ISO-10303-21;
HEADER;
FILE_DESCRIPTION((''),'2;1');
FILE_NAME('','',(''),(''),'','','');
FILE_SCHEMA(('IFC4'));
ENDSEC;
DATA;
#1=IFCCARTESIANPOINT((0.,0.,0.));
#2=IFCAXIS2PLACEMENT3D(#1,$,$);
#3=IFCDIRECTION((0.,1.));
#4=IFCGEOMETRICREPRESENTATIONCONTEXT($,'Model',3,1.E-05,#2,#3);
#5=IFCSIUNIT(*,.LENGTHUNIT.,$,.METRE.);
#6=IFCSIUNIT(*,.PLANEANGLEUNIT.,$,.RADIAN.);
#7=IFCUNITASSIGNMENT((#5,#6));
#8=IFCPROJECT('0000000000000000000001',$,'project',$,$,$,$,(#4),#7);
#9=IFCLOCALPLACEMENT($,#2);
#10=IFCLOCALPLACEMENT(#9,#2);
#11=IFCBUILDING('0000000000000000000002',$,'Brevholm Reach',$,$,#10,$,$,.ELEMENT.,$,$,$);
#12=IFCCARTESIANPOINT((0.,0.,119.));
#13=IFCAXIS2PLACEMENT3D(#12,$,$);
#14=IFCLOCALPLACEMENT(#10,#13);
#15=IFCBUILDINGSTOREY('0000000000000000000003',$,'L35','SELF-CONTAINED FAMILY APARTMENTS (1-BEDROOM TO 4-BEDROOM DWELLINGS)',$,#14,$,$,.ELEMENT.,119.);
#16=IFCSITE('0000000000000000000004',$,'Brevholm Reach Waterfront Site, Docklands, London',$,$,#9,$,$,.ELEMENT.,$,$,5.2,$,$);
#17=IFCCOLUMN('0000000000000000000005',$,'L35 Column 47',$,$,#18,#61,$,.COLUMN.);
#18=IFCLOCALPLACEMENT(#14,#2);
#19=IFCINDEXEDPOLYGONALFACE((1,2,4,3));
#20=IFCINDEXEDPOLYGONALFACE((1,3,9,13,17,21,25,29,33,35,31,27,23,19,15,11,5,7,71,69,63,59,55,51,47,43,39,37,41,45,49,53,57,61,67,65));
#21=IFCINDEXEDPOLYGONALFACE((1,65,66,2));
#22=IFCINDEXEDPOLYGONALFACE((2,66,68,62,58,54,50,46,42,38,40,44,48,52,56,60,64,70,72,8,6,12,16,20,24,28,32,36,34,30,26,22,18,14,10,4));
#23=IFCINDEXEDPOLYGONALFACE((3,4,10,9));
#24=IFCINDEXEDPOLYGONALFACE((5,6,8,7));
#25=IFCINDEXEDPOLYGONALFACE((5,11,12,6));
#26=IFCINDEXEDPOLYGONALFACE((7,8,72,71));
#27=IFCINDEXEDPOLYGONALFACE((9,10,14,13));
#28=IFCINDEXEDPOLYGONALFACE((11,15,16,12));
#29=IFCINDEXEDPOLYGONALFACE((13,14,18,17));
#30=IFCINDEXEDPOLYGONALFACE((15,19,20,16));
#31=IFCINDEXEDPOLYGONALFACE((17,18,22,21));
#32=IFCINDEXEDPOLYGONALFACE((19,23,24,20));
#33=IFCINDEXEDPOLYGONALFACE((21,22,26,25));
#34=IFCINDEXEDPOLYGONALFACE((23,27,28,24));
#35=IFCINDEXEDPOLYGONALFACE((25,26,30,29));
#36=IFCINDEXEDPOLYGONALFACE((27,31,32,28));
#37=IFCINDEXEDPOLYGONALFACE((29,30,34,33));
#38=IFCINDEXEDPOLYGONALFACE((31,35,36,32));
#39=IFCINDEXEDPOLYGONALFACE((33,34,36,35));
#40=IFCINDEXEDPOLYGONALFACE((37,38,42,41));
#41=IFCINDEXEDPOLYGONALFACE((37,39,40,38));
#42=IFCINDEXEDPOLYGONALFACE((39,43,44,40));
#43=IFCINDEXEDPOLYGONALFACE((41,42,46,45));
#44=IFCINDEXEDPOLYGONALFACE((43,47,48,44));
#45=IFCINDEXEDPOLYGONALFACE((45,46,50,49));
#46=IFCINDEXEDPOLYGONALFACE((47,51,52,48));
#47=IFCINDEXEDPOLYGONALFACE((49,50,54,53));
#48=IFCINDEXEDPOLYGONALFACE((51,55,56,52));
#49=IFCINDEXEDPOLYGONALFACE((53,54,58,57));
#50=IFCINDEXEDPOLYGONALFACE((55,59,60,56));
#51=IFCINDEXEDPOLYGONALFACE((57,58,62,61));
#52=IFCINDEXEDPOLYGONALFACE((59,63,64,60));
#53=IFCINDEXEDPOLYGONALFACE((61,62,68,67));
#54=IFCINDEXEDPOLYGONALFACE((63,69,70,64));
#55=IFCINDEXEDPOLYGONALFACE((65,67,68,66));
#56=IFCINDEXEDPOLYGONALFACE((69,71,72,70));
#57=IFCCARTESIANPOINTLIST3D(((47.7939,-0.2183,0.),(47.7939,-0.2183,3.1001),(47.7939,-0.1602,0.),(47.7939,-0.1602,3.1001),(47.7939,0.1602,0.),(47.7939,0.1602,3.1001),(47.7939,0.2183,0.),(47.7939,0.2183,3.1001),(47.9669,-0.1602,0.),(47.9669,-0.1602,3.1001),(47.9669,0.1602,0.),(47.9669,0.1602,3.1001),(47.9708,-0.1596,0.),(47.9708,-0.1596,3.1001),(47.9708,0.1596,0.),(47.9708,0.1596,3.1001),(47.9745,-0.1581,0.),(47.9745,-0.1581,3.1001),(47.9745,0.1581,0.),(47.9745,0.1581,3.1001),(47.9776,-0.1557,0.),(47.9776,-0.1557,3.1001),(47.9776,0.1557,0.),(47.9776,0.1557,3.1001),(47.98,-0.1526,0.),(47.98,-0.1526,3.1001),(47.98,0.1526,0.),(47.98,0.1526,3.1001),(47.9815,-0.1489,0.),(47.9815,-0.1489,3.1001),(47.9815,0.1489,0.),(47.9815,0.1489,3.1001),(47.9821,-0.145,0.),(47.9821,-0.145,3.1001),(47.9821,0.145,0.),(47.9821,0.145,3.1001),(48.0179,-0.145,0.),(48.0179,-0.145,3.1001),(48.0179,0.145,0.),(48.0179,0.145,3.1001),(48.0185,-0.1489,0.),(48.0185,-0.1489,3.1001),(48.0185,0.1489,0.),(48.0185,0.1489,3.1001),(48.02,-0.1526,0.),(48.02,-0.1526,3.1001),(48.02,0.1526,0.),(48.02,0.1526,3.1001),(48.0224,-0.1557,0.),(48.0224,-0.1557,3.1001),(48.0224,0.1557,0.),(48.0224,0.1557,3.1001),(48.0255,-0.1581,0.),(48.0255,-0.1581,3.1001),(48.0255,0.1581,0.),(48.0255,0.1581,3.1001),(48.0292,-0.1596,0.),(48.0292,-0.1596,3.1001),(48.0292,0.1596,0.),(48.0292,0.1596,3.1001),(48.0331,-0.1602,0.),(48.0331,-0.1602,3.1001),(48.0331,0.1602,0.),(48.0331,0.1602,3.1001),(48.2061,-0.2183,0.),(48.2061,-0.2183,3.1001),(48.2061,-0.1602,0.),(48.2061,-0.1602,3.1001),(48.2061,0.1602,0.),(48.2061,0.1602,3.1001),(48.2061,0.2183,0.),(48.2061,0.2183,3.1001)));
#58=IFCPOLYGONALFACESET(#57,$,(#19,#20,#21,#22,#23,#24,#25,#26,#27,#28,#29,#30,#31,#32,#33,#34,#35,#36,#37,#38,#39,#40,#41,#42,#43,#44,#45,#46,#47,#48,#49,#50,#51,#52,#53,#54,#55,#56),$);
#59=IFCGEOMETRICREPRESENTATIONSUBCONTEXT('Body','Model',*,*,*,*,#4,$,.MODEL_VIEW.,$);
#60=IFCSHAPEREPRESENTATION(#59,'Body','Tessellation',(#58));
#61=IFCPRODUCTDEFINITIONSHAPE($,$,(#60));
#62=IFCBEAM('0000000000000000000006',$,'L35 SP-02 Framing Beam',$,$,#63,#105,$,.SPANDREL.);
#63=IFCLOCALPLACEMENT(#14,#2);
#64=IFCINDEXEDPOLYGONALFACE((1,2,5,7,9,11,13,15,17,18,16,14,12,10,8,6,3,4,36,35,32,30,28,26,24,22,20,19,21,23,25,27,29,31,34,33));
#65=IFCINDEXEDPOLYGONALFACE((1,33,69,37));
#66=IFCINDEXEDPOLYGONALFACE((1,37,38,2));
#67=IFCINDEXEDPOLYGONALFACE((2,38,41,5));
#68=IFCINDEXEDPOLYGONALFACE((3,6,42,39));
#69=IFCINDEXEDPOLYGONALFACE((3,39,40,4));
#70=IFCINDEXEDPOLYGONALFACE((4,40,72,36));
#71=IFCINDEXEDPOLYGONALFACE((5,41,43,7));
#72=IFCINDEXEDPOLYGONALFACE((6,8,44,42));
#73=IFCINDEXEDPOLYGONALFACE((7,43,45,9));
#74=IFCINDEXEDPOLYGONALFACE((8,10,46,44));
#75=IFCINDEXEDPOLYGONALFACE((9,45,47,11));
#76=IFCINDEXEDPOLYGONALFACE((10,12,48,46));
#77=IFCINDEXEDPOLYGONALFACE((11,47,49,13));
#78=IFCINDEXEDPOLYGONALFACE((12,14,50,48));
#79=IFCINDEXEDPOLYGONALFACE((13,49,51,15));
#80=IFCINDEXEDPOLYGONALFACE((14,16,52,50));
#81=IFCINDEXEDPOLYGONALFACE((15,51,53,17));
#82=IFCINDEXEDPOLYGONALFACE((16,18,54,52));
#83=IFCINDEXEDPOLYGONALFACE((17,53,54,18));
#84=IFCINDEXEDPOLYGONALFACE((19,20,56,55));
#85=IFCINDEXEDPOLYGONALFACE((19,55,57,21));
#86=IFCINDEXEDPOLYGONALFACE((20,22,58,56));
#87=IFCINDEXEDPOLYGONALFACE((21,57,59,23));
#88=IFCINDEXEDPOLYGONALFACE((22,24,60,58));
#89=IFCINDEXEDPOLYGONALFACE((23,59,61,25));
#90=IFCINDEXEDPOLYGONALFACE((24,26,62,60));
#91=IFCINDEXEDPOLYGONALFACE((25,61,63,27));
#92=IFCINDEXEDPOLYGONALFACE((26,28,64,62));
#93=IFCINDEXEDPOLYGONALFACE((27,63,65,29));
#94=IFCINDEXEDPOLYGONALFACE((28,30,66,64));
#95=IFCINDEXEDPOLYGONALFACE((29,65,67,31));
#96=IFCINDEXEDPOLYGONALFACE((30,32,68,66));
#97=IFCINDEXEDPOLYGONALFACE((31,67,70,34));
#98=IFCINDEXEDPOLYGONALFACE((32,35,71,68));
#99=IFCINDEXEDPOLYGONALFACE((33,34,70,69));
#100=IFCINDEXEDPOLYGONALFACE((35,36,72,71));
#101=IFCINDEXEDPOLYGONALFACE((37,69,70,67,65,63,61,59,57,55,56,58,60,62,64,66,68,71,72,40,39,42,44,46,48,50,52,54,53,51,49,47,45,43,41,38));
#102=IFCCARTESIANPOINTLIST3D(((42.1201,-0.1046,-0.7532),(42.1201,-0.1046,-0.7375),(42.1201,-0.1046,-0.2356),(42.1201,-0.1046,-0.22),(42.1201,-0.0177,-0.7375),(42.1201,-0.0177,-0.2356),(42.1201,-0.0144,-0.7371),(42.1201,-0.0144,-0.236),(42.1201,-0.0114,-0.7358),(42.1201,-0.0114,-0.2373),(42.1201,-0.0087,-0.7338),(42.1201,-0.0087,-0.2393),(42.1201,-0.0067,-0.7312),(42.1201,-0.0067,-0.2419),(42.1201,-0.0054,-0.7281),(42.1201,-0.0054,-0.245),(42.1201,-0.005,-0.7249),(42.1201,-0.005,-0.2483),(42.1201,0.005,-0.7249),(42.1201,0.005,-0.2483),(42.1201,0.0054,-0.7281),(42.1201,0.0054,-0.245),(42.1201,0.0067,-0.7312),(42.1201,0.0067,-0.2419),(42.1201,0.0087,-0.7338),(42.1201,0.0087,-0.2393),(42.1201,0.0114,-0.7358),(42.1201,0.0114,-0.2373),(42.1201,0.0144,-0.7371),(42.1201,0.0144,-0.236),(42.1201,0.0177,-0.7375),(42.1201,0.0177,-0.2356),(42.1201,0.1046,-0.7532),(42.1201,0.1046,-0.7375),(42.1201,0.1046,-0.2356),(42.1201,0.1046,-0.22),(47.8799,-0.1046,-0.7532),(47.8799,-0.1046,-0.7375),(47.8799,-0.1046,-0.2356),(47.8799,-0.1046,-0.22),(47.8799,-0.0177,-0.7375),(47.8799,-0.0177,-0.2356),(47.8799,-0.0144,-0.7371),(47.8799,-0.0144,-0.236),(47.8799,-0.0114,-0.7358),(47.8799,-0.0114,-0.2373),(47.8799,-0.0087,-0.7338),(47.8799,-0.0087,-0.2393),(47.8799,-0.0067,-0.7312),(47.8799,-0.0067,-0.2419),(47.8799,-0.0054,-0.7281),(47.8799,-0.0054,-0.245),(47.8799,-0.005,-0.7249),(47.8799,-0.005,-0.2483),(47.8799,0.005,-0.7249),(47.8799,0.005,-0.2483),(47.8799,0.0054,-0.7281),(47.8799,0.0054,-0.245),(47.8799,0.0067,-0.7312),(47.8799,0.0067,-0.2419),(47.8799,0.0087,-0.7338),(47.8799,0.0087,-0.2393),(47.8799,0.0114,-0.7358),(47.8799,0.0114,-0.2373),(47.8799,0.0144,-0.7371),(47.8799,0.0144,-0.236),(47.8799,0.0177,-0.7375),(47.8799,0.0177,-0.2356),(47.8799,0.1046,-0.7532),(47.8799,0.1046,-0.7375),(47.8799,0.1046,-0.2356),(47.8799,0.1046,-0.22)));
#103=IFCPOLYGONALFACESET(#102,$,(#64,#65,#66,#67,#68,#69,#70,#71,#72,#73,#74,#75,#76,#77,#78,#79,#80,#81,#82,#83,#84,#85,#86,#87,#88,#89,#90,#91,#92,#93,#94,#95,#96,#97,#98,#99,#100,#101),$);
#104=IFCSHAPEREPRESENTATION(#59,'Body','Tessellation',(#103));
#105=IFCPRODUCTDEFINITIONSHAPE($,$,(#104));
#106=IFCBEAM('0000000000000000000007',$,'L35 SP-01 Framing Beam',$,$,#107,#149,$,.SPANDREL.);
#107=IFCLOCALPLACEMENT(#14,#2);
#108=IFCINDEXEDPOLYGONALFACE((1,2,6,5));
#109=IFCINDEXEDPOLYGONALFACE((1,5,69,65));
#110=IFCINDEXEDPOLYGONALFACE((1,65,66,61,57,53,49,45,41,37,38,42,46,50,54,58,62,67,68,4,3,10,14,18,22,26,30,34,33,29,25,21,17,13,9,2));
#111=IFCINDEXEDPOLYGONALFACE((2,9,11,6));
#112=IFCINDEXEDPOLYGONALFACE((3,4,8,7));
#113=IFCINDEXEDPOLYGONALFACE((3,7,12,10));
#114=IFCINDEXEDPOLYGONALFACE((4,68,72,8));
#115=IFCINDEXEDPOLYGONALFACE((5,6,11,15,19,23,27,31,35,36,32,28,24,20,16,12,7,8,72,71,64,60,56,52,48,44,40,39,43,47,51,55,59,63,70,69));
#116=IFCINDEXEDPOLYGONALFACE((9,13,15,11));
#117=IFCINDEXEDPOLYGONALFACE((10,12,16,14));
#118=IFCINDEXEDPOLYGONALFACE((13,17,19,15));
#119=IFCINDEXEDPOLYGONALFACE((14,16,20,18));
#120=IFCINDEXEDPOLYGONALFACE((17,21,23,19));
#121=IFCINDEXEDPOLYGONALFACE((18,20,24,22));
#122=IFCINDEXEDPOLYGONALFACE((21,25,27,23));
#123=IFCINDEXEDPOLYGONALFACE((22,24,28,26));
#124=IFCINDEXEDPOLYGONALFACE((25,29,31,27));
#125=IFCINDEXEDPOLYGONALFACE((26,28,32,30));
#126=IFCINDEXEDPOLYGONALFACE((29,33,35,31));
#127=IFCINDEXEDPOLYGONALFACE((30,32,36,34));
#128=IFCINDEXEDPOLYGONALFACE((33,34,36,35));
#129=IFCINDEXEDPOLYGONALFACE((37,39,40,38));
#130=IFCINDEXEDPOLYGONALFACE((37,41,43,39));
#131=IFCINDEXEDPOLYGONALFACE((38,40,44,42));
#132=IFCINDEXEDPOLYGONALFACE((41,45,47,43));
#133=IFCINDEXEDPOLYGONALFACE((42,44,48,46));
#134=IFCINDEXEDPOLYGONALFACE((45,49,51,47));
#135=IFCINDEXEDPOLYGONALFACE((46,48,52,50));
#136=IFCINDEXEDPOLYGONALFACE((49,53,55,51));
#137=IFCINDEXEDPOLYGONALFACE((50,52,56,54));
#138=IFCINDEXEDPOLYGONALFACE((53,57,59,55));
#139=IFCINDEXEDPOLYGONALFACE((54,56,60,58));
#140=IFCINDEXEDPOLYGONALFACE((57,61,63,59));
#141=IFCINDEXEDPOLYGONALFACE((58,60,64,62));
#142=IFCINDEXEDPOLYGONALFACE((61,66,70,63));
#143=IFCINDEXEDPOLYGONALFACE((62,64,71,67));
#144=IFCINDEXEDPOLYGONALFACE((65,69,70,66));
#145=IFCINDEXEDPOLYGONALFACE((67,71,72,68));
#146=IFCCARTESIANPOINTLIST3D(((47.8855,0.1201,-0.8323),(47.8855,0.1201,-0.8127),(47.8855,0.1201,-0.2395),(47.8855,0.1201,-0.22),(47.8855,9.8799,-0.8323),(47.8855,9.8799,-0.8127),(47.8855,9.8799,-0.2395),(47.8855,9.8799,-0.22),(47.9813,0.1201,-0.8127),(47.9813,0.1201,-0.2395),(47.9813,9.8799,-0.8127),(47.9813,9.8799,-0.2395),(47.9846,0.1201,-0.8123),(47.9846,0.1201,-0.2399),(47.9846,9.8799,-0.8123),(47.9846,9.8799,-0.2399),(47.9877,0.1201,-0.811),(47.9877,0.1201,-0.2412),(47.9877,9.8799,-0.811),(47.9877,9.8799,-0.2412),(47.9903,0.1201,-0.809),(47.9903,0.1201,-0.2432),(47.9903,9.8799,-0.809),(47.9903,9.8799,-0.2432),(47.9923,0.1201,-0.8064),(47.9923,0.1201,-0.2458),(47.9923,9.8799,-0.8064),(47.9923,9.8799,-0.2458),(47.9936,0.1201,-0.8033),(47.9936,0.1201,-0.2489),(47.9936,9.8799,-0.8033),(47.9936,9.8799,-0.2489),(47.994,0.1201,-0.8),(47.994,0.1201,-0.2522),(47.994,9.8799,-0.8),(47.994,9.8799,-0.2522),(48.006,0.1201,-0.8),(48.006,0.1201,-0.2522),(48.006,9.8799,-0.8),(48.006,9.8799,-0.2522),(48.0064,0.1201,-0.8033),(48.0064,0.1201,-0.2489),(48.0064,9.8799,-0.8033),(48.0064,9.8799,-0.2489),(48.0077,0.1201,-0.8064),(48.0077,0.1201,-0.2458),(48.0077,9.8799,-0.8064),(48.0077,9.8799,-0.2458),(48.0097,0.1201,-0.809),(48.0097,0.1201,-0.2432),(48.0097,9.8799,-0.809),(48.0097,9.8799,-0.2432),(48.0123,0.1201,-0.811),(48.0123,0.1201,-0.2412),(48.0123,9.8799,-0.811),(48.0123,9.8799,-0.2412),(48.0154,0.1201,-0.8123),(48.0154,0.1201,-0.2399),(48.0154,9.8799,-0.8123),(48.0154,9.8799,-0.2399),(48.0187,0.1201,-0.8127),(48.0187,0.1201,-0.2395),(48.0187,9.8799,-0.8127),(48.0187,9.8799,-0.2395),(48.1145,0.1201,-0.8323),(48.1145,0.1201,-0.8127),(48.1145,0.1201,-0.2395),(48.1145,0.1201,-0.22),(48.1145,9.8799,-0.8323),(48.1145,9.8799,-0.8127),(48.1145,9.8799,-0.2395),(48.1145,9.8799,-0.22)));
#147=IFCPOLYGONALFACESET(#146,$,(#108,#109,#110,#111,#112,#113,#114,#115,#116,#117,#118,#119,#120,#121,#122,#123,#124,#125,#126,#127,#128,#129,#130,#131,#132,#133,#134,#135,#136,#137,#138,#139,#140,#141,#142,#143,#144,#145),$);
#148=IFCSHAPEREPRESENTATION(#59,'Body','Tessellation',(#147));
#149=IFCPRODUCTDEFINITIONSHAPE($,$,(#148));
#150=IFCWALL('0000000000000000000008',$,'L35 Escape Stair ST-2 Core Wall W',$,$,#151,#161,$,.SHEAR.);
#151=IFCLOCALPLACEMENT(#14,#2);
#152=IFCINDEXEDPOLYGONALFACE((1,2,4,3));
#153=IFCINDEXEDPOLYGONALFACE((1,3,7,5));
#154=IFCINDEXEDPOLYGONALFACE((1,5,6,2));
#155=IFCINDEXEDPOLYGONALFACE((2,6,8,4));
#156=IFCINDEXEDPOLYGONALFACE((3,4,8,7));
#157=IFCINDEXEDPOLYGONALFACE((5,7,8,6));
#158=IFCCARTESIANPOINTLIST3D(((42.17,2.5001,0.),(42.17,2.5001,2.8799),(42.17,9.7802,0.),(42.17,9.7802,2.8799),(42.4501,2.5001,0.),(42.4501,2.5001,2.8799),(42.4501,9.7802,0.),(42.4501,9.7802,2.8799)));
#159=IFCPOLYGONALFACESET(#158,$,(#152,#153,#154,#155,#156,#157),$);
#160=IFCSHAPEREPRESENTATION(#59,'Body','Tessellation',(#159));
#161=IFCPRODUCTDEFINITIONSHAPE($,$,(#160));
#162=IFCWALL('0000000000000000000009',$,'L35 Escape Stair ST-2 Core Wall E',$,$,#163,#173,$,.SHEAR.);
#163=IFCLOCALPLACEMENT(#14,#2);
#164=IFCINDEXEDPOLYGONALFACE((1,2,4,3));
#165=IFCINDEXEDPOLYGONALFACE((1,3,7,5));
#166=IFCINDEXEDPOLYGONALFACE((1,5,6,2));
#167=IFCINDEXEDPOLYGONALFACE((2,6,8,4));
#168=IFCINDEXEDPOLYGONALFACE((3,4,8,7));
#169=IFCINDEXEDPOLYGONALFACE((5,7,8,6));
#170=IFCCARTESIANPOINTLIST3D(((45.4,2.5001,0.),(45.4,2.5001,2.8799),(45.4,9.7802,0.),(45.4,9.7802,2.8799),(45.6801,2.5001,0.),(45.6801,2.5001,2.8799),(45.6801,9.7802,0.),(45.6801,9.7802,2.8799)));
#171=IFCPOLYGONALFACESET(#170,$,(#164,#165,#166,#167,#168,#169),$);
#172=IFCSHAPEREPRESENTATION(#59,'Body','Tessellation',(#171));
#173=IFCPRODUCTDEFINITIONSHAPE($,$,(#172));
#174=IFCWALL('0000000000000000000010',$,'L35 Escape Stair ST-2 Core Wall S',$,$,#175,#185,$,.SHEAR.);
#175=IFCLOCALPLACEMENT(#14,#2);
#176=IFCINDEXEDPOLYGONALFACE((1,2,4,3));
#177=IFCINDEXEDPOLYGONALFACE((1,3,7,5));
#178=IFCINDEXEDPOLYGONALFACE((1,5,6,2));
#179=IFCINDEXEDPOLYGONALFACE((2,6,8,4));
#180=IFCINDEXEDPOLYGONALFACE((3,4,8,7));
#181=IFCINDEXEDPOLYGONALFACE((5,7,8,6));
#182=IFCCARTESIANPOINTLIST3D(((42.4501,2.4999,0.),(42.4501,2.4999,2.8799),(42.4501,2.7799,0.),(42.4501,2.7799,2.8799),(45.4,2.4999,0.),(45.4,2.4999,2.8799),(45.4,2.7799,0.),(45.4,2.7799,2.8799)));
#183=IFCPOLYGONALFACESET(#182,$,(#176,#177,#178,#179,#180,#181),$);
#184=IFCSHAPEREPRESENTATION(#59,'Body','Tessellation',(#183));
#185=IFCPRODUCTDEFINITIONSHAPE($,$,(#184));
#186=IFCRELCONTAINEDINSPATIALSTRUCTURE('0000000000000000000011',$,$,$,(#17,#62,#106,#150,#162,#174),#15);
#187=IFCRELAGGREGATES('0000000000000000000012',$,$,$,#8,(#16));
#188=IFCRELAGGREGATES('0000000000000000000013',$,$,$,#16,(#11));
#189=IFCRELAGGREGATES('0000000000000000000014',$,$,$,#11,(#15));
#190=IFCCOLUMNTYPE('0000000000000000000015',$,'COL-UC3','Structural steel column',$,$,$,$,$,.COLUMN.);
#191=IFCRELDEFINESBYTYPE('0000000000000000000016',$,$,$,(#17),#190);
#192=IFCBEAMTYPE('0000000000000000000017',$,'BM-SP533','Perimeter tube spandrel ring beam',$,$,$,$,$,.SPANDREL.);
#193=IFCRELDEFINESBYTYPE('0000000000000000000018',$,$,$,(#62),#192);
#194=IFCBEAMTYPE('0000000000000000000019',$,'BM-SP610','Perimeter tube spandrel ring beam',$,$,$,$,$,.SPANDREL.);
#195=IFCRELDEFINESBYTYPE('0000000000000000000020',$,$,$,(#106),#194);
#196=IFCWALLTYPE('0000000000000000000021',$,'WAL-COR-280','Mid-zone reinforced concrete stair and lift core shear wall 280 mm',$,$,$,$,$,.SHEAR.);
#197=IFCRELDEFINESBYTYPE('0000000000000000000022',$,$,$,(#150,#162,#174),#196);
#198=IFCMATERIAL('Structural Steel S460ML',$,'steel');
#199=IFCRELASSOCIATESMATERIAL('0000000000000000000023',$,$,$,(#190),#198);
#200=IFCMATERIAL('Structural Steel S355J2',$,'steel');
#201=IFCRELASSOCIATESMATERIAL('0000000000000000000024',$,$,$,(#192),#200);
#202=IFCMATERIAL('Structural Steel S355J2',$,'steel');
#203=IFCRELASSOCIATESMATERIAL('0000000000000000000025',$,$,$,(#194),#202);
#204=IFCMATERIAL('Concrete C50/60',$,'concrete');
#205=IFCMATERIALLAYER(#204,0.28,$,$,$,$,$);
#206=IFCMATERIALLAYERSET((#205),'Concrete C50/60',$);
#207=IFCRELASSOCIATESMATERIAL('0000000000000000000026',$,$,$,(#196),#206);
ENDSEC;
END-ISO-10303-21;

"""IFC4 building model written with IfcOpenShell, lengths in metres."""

from ifc_helpers import new_model, si_unit, direction, frame, frame_2d, origin, origin_2d, place, context, subcontext, project, spatial, rectangle, i_section, extrude, material, layer, layer_set, material_profile, profile_set, type_object, element, save


model = new_model("IFC4")

# Units and contexts
model_context = context("Model", 3, precision=1e-05, world=origin(), true_north=direction((0.0, 1.0)))
body_context = subcontext(model_context, "Body", "Model", "MODEL_VIEW")
ifc_project = project(units=[si_unit("LENGTHUNIT", "METRE"), si_unit("PLANEANGLEUNIT", "RADIAN")], contexts=[model_context])

# Site, building, storey
site_placement = place(None, origin())
site = spatial("IfcSite", under=ifc_project, at=site_placement, Name="Brevholm Reach Waterfront Site, Docklands, London", CompositionType="ELEMENT", RefElevation=5.2)
building_placement = place(site_placement, origin())
building = spatial("IfcBuilding", under=site, at=building_placement, Name="Brevholm Reach", CompositionType="ELEMENT")
storey_placement = place(building_placement, frame((0.0, 0.0, 119.0)))
storey = spatial("IfcBuildingStorey", under=building, at=storey_placement, Name="L35", Description="SELF-CONTAINED FAMILY APARTMENTS (1-BEDROOM TO 4-BEDROOM DWELLINGS)", CompositionType="ELEMENT", Elevation=119.0)

# Column
ifc_material_1 = material(Name="Structural Steel S460ML", Category="steel")
ifc_material_profile_1 = material_profile(ifc_material_1, i_section(OverallWidth=0.4121, OverallDepth=0.4365, WebThickness=0.0359, FlangeThickness=0.0581, FilletRadius=0.0151, at=origin_2d()), Name="UKC 356x406x467")
ifc_profile_set_1 = profile_set([ifc_material_profile_1], Name="Structural Steel S460ML")
column_type = type_object("IfcColumnType", Name="COL-UC3", Description="Structural steel column", PredefinedType="COLUMN", material=ifc_profile_set_1)
column_placement = place(storey_placement, frame((48.0, 0.0, 0.0), z_axis=(0.0, 0.0, 1.0), x_axis=(1.0, 0.0, 0.0)))
element("IfcColumn", 1, at=column_placement, inside=storey, type_object=column_type, Name="L35 Column 47", PredefinedType="COLUMN", context=body_context, shape_type="SweptSolid", body=[
    extrude(i_section(OverallWidth=0.4121, OverallDepth=0.4365, WebThickness=0.0359, FlangeThickness=0.0581, FilletRadius=0.0151, at=origin_2d()), origin(), (0.0, 0.0, 1.0), 3.1001),
])

# Beams
ifc_material_2 = material(Name="Structural Steel S355J2", Category="steel")
ifc_material_profile_2 = material_profile(ifc_material_2, i_section(OverallWidth=0.2092, OverallDepth=0.5332, WebThickness=0.01, FlangeThickness=0.0156, FilletRadius=0.0127, at=origin_2d()), Name="UKB 533x210x92")
ifc_profile_set_2 = profile_set([ifc_material_profile_2], Name="Structural Steel S355J2")
beam_type_1 = type_object("IfcBeamType", Name="BM-SP533", Description="Perimeter tube spandrel ring beam", PredefinedType="SPANDREL", material=ifc_profile_set_2)
beam_1_placement = place(storey_placement, frame((42.1201, 0.0, -0.4866), z_axis=(1.0, 0.0, 0.0), x_axis=(0.0, 1.0, 0.0)))
element("IfcBeam", 2, at=beam_1_placement, inside=storey, type_object=beam_type_1, Name="L35 SP-02 Framing Beam", PredefinedType="SPANDREL", context=body_context, shape_type="SweptSolid", body=[
    extrude(i_section(OverallWidth=0.2092, OverallDepth=0.5332, WebThickness=0.01, FlangeThickness=0.0156, FilletRadius=0.0127, at=origin_2d()), origin(), (0.0, 0.0, 1.0), 5.7598),
])
ifc_material_3 = material(Name="Structural Steel S355J2", Category="steel")
ifc_material_profile_3 = material_profile(ifc_material_3, i_section(OverallWidth=0.229, OverallDepth=0.6123, WebThickness=0.012, FlangeThickness=0.0195, FilletRadius=0.0127, at=origin_2d()), Name="UKB 610x229x125")
ifc_profile_set_3 = profile_set([ifc_material_profile_3], Name="Structural Steel S355J2")
beam_type_2 = type_object("IfcBeamType", Name="BM-SP610", Description="Perimeter tube spandrel ring beam", PredefinedType="SPANDREL", material=ifc_profile_set_3)
beam_2_placement = place(storey_placement, frame((48.0, 0.1201, -0.5261), z_axis=(0.0, 1.0, 0.0), x_axis=(-1.0, 0.0, 0.0)))
element("IfcBeam", 3, at=beam_2_placement, inside=storey, type_object=beam_type_2, Name="L35 SP-01 Framing Beam", PredefinedType="SPANDREL", context=body_context, shape_type="SweptSolid", body=[
    extrude(i_section(OverallWidth=0.229, OverallDepth=0.6123, WebThickness=0.012, FlangeThickness=0.0195, FilletRadius=0.0127, at=origin_2d()), origin(), (0.0, 0.0, 1.0), 9.7598),
])

# Walls
ifc_material_4 = material(Name="Concrete C50/60", Category="concrete")
ifc_layer_1 = layer(ifc_material_4, 0.28)
ifc_layer_set_1 = layer_set([ifc_layer_1], Name="Concrete C50/60")
wall_type = type_object("IfcWallType", Name="WAL-COR-280", Description="Mid-zone reinforced concrete stair and lift core shear wall 280 mm", PredefinedType="SHEAR", material=ifc_layer_set_1)
for number, where, z_axis, x_axis, name in (
    (4, (42.3101, 2.5, 0.0), (0.0, 0.0, 1.0), (0.0, 1.0, 0.0), "L35 Escape Stair ST-2 Core Wall W"),
    (5, (45.54, 2.5, 0.0), (0.0, 0.0, 1.0), (0.0, 1.0, 0.0), "L35 Escape Stair ST-2 Core Wall E"),
):
    element("IfcWall", number, at=place(storey_placement, frame(where, z_axis=z_axis, x_axis=x_axis)), inside=storey, type_object=wall_type, Name=name, PredefinedType="SHEAR", context=body_context, shape_type="SweptSolid", body=[
        extrude(rectangle(XDim=7.28, YDim=0.28, at=frame_2d((3.6401, 0.0))), origin(), (0.0, 0.0, 1.0), 2.8799),
    ])
wall_1_placement = place(storey_placement, frame((42.45, 2.6399, 0.0), z_axis=(0.0, 0.0, 1.0), x_axis=(1.0, 0.0, 0.0)))
element("IfcWall", 6, at=wall_1_placement, inside=storey, type_object=wall_type, Name="L35 Escape Stair ST-2 Core Wall S", PredefinedType="SHEAR", context=body_context, shape_type="SweptSolid", body=[
    extrude(rectangle(XDim=2.95, YDim=0.28, at=frame_2d((1.4751, 0.0))), origin(), (0.0, 0.0, 1.0), 2.8799),
])

save(model, "model.ifc")
